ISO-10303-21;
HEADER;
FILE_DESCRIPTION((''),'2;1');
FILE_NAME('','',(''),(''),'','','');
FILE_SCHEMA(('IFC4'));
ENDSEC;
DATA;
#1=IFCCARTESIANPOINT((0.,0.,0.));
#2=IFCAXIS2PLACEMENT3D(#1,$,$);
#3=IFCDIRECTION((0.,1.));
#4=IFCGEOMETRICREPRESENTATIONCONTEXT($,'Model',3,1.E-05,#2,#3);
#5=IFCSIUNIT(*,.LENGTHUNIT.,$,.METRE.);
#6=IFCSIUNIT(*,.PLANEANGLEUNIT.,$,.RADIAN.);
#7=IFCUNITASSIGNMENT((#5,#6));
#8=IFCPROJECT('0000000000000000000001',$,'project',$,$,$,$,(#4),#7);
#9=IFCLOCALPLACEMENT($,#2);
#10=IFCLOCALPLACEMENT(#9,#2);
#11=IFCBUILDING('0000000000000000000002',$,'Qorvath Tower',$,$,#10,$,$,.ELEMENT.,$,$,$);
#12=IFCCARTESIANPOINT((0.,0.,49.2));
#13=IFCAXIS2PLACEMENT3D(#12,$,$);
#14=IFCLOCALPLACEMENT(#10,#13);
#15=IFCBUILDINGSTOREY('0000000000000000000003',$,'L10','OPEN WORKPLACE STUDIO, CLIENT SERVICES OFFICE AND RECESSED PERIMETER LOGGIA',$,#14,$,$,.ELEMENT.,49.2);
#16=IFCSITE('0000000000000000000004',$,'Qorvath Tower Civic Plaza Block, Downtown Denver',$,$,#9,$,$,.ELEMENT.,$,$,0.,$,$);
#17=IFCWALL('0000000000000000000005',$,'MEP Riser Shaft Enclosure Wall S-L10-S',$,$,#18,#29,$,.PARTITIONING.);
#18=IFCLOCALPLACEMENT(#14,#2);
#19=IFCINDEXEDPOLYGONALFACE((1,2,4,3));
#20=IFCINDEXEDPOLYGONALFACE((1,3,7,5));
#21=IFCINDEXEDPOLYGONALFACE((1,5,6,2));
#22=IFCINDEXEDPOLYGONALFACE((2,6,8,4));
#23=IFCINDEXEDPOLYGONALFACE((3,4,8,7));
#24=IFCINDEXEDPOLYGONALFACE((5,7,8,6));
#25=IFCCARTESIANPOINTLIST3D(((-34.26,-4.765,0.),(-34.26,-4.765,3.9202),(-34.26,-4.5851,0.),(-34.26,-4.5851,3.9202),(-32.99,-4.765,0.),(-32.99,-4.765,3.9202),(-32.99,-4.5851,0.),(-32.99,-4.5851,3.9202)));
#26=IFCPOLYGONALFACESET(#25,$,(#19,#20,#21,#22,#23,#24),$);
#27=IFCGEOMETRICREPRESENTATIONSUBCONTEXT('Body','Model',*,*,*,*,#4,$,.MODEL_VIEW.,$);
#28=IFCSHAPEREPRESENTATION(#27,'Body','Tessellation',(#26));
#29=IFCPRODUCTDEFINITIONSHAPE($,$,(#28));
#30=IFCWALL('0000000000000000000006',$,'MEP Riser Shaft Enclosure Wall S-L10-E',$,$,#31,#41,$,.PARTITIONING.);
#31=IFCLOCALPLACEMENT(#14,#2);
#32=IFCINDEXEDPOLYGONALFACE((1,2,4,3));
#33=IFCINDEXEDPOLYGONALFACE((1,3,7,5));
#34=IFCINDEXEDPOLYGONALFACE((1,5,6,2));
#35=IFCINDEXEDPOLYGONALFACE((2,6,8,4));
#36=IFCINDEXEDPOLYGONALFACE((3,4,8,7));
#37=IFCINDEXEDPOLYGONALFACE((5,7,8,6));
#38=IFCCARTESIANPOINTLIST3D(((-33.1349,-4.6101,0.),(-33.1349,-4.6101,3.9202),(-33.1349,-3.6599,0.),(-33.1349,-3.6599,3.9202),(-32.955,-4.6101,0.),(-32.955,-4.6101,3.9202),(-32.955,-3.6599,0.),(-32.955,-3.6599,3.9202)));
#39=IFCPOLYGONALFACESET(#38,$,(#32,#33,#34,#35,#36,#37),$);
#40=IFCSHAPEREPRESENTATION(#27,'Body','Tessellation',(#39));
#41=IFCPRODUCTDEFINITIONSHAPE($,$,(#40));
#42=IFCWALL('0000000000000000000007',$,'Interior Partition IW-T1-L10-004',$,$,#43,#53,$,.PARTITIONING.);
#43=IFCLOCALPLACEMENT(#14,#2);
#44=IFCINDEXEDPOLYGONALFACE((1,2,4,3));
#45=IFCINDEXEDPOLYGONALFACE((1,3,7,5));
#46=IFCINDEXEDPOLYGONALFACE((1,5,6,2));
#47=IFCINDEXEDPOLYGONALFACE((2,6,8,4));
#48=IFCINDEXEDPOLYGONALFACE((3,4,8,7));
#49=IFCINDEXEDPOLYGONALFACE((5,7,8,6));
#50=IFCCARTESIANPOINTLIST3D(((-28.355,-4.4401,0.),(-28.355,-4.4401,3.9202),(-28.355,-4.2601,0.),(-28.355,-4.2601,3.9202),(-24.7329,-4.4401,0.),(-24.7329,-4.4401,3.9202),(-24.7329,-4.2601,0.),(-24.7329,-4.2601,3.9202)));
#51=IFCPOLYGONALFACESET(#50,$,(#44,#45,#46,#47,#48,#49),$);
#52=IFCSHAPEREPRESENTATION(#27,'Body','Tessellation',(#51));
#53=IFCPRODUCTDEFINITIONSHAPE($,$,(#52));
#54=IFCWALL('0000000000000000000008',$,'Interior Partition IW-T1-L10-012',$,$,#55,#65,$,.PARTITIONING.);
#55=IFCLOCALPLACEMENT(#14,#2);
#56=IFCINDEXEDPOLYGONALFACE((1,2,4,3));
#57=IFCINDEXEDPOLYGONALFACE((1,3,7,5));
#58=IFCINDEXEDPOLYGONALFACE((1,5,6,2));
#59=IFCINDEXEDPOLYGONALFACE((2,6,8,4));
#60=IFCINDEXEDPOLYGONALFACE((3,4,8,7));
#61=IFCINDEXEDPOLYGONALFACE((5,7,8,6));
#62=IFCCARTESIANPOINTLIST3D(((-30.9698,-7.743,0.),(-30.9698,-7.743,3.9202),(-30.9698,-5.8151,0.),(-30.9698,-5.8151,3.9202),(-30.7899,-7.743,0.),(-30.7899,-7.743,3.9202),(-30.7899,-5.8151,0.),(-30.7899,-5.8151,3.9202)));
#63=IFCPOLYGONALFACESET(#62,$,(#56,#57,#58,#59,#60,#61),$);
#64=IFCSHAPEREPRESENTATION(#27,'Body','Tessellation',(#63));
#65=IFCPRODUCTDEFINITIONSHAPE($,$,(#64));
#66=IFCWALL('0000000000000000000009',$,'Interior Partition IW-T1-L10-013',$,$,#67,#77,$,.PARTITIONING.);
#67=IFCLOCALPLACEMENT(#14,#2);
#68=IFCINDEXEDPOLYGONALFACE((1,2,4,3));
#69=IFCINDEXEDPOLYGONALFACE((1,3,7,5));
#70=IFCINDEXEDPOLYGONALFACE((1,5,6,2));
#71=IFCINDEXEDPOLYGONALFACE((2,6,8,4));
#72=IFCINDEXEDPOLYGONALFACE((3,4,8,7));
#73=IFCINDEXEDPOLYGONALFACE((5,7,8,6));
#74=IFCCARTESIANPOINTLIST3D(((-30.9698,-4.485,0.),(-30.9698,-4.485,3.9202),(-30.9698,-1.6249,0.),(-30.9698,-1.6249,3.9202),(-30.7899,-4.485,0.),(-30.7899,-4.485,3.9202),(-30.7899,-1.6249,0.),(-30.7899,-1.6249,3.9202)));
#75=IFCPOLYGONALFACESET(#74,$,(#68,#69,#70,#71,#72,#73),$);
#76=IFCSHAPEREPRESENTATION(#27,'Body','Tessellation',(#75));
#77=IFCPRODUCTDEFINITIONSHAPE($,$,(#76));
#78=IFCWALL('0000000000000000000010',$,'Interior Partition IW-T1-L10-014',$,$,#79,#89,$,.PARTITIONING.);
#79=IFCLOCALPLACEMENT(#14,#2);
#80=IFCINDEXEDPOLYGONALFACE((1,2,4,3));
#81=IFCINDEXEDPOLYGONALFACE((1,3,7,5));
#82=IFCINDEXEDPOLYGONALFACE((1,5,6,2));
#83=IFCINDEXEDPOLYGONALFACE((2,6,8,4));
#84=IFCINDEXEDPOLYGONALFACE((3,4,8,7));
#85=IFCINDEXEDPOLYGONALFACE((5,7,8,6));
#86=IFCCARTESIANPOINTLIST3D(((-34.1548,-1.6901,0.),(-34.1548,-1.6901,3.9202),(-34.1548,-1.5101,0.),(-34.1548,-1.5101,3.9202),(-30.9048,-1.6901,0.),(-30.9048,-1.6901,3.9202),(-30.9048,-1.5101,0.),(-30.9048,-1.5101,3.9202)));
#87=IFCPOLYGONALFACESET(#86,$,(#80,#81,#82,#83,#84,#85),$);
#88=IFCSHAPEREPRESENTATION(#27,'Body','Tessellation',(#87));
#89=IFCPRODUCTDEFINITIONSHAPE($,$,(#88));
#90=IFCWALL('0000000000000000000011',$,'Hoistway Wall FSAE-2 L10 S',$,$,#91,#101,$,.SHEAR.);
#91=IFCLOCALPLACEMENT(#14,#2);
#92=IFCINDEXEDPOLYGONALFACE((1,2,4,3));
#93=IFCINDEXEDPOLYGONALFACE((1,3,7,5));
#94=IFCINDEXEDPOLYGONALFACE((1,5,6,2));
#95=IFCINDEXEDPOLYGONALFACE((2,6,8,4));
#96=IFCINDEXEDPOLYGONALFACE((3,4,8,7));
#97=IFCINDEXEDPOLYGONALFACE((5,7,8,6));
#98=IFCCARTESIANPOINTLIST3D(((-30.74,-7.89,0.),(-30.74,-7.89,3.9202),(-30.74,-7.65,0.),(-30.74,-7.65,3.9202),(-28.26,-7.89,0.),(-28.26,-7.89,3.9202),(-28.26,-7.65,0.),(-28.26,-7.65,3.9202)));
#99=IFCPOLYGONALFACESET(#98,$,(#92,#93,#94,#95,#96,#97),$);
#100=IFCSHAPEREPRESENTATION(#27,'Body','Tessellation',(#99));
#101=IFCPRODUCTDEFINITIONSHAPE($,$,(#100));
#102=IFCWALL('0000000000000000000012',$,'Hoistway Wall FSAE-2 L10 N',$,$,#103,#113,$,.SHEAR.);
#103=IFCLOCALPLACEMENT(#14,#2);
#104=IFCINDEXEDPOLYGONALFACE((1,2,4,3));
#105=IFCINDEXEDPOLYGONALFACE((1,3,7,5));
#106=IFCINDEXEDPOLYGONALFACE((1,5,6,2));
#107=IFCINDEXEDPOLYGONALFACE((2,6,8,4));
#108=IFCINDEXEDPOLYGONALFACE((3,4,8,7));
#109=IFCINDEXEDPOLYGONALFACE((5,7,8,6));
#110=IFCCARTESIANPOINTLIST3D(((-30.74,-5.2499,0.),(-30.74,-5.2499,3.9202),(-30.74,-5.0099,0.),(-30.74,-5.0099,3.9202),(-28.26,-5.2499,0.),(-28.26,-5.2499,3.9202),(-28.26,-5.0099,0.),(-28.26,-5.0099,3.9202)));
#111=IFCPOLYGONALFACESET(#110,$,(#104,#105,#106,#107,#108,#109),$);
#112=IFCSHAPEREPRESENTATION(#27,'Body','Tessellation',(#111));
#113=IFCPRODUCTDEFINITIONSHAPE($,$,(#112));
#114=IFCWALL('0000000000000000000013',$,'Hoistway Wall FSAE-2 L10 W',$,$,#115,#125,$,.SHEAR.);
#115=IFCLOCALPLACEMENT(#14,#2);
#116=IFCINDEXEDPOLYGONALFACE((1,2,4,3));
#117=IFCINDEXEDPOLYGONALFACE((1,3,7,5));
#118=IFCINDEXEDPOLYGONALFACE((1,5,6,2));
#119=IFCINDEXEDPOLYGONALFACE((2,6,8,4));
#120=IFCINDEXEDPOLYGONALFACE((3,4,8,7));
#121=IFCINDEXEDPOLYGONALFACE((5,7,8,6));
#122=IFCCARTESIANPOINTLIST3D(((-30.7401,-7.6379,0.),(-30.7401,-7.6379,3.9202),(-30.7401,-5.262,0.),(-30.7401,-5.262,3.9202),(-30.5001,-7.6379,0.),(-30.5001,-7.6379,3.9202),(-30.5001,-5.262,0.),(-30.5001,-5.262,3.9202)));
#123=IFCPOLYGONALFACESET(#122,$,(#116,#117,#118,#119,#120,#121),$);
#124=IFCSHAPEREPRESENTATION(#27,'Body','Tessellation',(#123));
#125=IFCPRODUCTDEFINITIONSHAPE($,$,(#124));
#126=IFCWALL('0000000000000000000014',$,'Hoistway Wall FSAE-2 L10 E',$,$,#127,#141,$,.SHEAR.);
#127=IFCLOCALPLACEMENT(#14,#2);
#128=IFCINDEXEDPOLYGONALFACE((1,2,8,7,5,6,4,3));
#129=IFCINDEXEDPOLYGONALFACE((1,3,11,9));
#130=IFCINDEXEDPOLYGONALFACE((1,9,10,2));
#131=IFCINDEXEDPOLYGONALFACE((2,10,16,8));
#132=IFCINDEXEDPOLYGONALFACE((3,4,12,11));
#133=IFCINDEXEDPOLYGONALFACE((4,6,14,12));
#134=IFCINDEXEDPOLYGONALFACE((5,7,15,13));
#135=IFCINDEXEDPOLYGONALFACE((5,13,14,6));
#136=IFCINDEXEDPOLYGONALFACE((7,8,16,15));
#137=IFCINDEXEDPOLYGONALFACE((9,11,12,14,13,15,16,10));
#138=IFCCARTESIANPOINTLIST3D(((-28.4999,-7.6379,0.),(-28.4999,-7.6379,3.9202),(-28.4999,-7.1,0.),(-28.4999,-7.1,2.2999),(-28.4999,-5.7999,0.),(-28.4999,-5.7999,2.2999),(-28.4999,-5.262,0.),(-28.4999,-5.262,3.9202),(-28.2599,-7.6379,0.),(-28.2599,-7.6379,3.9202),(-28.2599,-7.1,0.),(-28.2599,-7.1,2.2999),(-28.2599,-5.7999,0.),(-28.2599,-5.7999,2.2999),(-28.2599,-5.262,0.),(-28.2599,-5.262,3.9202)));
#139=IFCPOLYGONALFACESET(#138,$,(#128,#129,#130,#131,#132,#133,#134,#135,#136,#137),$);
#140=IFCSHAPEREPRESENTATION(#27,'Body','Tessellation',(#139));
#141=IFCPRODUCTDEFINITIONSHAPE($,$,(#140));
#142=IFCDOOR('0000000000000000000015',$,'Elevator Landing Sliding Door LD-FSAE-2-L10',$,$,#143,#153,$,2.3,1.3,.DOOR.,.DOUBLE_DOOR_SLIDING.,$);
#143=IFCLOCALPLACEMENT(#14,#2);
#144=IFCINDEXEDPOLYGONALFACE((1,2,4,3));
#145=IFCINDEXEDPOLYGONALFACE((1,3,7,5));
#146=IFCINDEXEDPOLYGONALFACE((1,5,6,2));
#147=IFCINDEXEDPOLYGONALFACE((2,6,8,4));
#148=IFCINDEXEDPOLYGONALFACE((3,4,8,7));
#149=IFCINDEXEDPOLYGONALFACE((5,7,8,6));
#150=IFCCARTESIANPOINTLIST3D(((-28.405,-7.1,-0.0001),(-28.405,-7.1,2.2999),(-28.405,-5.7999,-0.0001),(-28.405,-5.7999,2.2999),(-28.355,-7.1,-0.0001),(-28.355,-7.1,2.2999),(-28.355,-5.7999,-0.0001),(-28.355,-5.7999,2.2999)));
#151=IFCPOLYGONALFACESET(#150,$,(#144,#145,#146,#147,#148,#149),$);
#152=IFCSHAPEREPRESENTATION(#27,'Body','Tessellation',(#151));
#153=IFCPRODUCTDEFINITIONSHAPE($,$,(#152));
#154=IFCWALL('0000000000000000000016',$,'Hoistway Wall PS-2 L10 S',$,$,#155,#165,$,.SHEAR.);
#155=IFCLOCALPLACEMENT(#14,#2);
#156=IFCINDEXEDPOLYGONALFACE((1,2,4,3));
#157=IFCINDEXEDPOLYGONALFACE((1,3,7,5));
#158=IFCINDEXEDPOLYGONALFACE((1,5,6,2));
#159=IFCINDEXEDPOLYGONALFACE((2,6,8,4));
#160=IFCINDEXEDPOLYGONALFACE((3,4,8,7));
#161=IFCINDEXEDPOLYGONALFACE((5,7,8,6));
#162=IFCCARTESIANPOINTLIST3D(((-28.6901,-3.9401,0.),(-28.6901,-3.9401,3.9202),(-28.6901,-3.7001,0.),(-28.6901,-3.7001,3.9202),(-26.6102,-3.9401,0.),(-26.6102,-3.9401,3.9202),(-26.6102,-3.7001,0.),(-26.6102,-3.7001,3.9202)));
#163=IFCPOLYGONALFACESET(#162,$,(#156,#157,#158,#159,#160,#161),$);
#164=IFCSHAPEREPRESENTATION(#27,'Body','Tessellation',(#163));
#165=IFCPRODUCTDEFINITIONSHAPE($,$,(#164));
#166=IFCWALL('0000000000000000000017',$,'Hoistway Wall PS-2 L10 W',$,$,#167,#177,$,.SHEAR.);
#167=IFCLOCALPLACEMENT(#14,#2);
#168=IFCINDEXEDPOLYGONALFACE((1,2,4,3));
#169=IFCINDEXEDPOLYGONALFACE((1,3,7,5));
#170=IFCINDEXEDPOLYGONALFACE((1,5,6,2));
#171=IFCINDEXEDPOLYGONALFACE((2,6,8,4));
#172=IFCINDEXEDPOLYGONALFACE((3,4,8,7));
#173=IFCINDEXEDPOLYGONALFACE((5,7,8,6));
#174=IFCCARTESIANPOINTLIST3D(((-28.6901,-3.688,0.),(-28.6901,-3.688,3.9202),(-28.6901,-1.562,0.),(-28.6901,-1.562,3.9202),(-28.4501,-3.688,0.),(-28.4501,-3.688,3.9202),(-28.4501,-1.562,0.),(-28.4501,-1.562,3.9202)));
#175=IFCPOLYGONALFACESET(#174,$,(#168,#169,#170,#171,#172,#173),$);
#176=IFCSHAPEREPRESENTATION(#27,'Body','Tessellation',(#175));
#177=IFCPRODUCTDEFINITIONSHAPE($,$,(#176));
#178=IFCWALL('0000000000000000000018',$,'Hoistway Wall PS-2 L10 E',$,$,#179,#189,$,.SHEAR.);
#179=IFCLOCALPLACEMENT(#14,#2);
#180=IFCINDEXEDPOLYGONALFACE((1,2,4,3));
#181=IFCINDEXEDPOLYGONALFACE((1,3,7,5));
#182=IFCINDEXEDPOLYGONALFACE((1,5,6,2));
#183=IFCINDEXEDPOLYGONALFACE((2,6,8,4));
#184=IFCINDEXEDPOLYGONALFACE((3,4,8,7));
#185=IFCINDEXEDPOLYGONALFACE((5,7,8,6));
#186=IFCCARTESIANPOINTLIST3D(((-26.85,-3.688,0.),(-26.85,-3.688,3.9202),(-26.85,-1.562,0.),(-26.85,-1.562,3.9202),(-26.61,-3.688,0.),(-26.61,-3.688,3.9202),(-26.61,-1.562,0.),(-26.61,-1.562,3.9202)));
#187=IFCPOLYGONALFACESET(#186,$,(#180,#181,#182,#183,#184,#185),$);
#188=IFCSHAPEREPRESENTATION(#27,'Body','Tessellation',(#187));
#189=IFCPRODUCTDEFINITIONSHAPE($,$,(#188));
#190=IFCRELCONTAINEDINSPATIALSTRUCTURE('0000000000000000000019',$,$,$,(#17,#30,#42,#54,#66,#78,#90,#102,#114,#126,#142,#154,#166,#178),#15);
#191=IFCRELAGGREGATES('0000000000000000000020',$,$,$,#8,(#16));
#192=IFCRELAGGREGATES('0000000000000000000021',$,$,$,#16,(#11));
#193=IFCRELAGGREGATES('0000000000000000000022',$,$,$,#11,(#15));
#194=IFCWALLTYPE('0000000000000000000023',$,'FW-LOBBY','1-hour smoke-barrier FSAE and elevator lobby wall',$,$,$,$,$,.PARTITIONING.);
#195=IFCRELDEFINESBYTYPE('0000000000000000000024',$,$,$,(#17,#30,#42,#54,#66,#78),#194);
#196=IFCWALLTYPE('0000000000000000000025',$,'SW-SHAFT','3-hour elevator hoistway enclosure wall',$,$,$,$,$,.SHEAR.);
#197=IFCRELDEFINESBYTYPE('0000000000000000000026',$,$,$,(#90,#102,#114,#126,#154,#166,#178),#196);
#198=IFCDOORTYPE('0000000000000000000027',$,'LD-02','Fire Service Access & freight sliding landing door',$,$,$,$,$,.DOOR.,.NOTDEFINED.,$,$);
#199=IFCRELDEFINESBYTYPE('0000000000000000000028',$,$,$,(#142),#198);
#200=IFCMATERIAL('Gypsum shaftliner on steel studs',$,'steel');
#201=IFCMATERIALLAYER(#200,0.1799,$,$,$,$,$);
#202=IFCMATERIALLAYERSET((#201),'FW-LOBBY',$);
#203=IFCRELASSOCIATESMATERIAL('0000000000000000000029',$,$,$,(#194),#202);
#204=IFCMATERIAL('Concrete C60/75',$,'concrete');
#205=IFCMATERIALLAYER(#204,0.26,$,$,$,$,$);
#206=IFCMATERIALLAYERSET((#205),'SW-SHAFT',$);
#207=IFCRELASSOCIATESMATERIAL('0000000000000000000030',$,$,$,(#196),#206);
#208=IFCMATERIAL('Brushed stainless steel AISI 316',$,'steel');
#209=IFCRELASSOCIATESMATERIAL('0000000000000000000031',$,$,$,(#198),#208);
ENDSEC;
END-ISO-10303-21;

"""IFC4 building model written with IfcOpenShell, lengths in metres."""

from ifc_helpers import new_model, si_unit, direction, frame, frame_2d, origin, place, context, subcontext, project, spatial, rectangle, extrude, material, layer, layer_set, type_object, element, fill, save


model = new_model("IFC4")

# Units and contexts
model_context = context("Model", 3, precision=1e-05, world=origin(), true_north=direction((0.0, 1.0)))
body_context = subcontext(model_context, "Body", "Model", "MODEL_VIEW")
ifc_project = project(units=[si_unit("LENGTHUNIT", "METRE"), si_unit("PLANEANGLEUNIT", "RADIAN")], contexts=[model_context])

# Site, building, storey
site_placement = place(None, origin())
site = spatial("IfcSite", under=ifc_project, at=site_placement, Name="Qorvath Tower Civic Plaza Block, Downtown Denver", CompositionType="ELEMENT", RefElevation=0.0)
building_placement = place(site_placement, origin())
building = spatial("IfcBuilding", under=site, at=building_placement, Name="Qorvath Tower", CompositionType="ELEMENT")
storey_placement = place(building_placement, frame((0.0, 0.0, 49.2)))
storey = spatial("IfcBuildingStorey", under=building, at=storey_placement, Name="L10", Description="OPEN WORKPLACE STUDIO, CLIENT SERVICES OFFICE AND RECESSED PERIMETER LOGGIA", CompositionType="ELEMENT", Elevation=49.2)

# Walls
ifc_material_1 = material(Name="Gypsum shaftliner on steel studs", Category="steel")
ifc_layer_1 = layer(ifc_material_1, 0.1799)
ifc_layer_set_1 = layer_set([ifc_layer_1], Name="FW-LOBBY")
wall_type_1 = type_object("IfcWallType", Name="FW-LOBBY", Description="1-hour smoke-barrier FSAE and elevator lobby wall", PredefinedType="PARTITIONING", material=ifc_layer_set_1)
wall_1_placement = place(storey_placement, frame((-32.99, -4.675, 0.0), z_axis=(0.0, 0.0, 1.0), x_axis=(-1.0, 0.0, 0.0)))
element("IfcWall", 1, at=wall_1_placement, inside=storey, type_object=wall_type_1, Name="MEP Riser Shaft Enclosure Wall S-L10-S", PredefinedType="PARTITIONING", context=body_context, shape_type="SweptSolid", body=[
    extrude(rectangle(XDim=1.27, YDim=0.1799, at=frame_2d((0.635, 0.0))), origin(), (0.0, 0.0, 1.0), 3.9202),
])
wall_2_placement = place(storey_placement, frame((-33.0449, -3.6599, 0.0), z_axis=(0.0, 0.0, 1.0), x_axis=(0.0, -1.0, 0.0)))
element("IfcWall", 2, at=wall_2_placement, inside=storey, type_object=wall_type_1, Name="MEP Riser Shaft Enclosure Wall S-L10-E", PredefinedType="PARTITIONING", context=body_context, shape_type="SweptSolid", body=[
    extrude(rectangle(XDim=0.9502, YDim=0.1799, at=frame_2d((0.4751, 0.0))), origin(), (0.0, 0.0, 1.0), 3.9202),
])

# Walls
wall_3_placement = place(storey_placement, frame((-24.7329, -4.3501, 0.0), z_axis=(0.0, 0.0, 1.0), x_axis=(-1.0, 0.0, 0.0)))
element("IfcWall", 3, at=wall_3_placement, inside=storey, type_object=wall_type_1, Name="Interior Partition IW-T1-L10-004", PredefinedType="PARTITIONING", context=body_context, shape_type="SweptSolid", body=[
    extrude(rectangle(XDim=3.6221, YDim=0.1799, at=frame_2d((1.811, 0.0))), origin(), (0.0, 0.0, 1.0), 3.9202),
])
wall_4_placement = place(storey_placement, frame((-30.8799, -7.7429, 0.0), z_axis=(0.0, 0.0, 1.0), x_axis=(0.0, 1.0, 0.0)))
element("IfcWall", 4, at=wall_4_placement, inside=storey, type_object=wall_type_1, Name="Interior Partition IW-T1-L10-012", PredefinedType="PARTITIONING", context=body_context, shape_type="SweptSolid", body=[
    extrude(rectangle(XDim=1.928, YDim=0.1799, at=frame_2d((0.9639, 0.0))), origin(), (0.0, 0.0, 1.0), 3.9202),
])
wall_5_placement = place(storey_placement, frame((-30.8799, -4.4851, 0.0), z_axis=(0.0, 0.0, 1.0), x_axis=(0.0, 1.0, 0.0)))
element("IfcWall", 5, at=wall_5_placement, inside=storey, type_object=wall_type_1, Name="Interior Partition IW-T1-L10-013", PredefinedType="PARTITIONING", context=body_context, shape_type="SweptSolid", body=[
    extrude(rectangle(XDim=2.8601, YDim=0.1799, at=frame_2d((1.4302, 0.0))), origin(), (0.0, 0.0, 1.0), 3.9202),
])
wall_6_placement = place(storey_placement, frame((-30.9048, -1.6001, 0.0), z_axis=(0.0, 0.0, 1.0), x_axis=(-1.0, 0.0, 0.0)))
element("IfcWall", 6, at=wall_6_placement, inside=storey, type_object=wall_type_1, Name="Interior Partition IW-T1-L10-014", PredefinedType="PARTITIONING", context=body_context, shape_type="SweptSolid", body=[
    extrude(rectangle(XDim=3.25, YDim=0.1799, at=frame_2d((1.625, 0.0))), origin(), (0.0, 0.0, 1.0), 3.9202),
])
ifc_material_2 = material(Name="Concrete C60/75", Category="concrete")
ifc_layer_2 = layer(ifc_material_2, 0.26)
ifc_layer_set_2 = layer_set([ifc_layer_2], Name="SW-SHAFT")
wall_type_2 = type_object("IfcWallType", Name="SW-SHAFT", Description="3-hour elevator hoistway enclosure wall", PredefinedType="SHEAR", material=ifc_layer_set_2)
for number, where, z_axis, x_axis, name in (
    (7, (-28.26, -7.77, 0.0), (0.0, 0.0, 1.0), (-1.0, 0.0, 0.0), "Hoistway Wall FSAE-2 L10 S"),
    (8, (-30.74, -5.1299, 0.0), (0.0, 0.0, 1.0), (1.0, 0.0, 0.0), "Hoistway Wall FSAE-2 L10 N"),
):
    element("IfcWall", number, at=place(storey_placement, frame(where, z_axis=z_axis, x_axis=x_axis)), inside=storey, type_object=wall_type_2, Name=name, PredefinedType="SHEAR", context=body_context, shape_type="SweptSolid", body=[
        extrude(rectangle(XDim=2.48, YDim=0.24, at=frame_2d((1.24, 0.0))), origin(), (0.0, 0.0, 1.0), 3.9202),
    ])
wall_7_placement = place(storey_placement, frame((-30.6201, -7.6379, 0.0), z_axis=(0.0, 0.0, 1.0), x_axis=(0.0, 1.0, 0.0)))
element("IfcWall", 9, at=wall_7_placement, inside=storey, type_object=wall_type_2, Name="Hoistway Wall FSAE-2 L10 W", PredefinedType="SHEAR", context=body_context, shape_type="SweptSolid", body=[
    extrude(rectangle(XDim=2.376, YDim=0.24, at=frame_2d((1.188, 0.0))), origin(), (0.0, 0.0, 1.0), 3.9202),
])

# Wall, opening, door
wall_8_placement = place(storey_placement, frame((-28.3799, -5.262, 0.0), z_axis=(0.0, 0.0, 1.0), x_axis=(0.0, -1.0, 0.0)))
wall_8 = element("IfcWall", 10, at=wall_8_placement, inside=storey, type_object=wall_type_2, Name="Hoistway Wall FSAE-2 L10 E", PredefinedType="SHEAR", context=body_context, shape_type="SweptSolid", body=[
    extrude(rectangle(XDim=2.376, YDim=0.24, at=frame_2d((1.188, 0.0))), origin(), (0.0, 0.0, 1.0), 3.9202),
])
opening_1_placement = place(wall_8_placement, frame((0.5381, 0.0, 0.0)))
opening_1 = element("IfcOpeningElement", 11, at=opening_1_placement, cuts=wall_8, PredefinedType="OPENING", context=body_context, shape_type="SweptSolid", body=[
    extrude(rectangle(XDim=1.3, YDim=2.3, at=frame_2d((0.6499, 1.1499))), frame((0.0, 0.1299, 0.0), z_axis=(0.0, -1.0, 0.0), x_axis=(1.0, 0.0, 0.0)), (0.0, 0.0, 1.0), 0.26),
])
ifc_material_3 = material(Name="Brushed stainless steel AISI 316", Category="steel")
door_type_1 = type_object("IfcDoorType", Name="LD-02", Description="Fire Service Access & freight sliding landing door", OperationType="NOTDEFINED", PredefinedType="DOOR", material=ifc_material_3)
door_1_placement = place(opening_1_placement, origin())
door_1 = element("IfcDoor", 12, at=door_1_placement, inside=storey, type_object=door_type_1, Name="Elevator Landing Sliding Door LD-FSAE-2-L10", OperationType="DOUBLE_DOOR_SLIDING", OverallHeight=2.3, OverallWidth=1.3, PredefinedType="DOOR", context=body_context, shape_type="SweptSolid", body=[
    extrude(rectangle(XDim=1.3, YDim=2.3, at=frame_2d((0.6499, 1.1499))), frame((0.0, 0.0249, 0.0), z_axis=(0.0, -1.0, 0.0), x_axis=(1.0, 0.0, 0.0)), (0.0, 0.0, 1.0), 0.05),
])
fill(opening_1, door_1)

# Walls
wall_9_placement = place(storey_placement, frame((-26.6101, -3.8201, 0.0), z_axis=(0.0, 0.0, 1.0), x_axis=(-1.0, 0.0, 0.0)))
element("IfcWall", 13, at=wall_9_placement, inside=storey, type_object=wall_type_2, Name="Hoistway Wall PS-2 L10 S", PredefinedType="SHEAR", context=body_context, shape_type="SweptSolid", body=[
    extrude(rectangle(XDim=2.0798, YDim=0.24, at=frame_2d((1.04, 0.0))), origin(), (0.0, 0.0, 1.0), 3.9202),
])
for number, where, z_axis, x_axis, name in (
    (14, (-28.5701, -3.688, 0.0), (0.0, 0.0, 1.0), (0.0, 1.0, 0.0), "Hoistway Wall PS-2 L10 W"),
    (15, (-26.73, -1.562, 0.0), (0.0, 0.0, 1.0), (0.0, -1.0, 0.0), "Hoistway Wall PS-2 L10 E"),
):
    element("IfcWall", number, at=place(storey_placement, frame(where, z_axis=z_axis, x_axis=x_axis)), inside=storey, type_object=wall_type_2, Name=name, PredefinedType="SHEAR", context=body_context, shape_type="SweptSolid", body=[
        extrude(rectangle(XDim=2.126, YDim=0.24, at=frame_2d((1.063, 0.0))), origin(), (0.0, 0.0, 1.0), 3.9202),
    ])

save(model, "model.ifc")
